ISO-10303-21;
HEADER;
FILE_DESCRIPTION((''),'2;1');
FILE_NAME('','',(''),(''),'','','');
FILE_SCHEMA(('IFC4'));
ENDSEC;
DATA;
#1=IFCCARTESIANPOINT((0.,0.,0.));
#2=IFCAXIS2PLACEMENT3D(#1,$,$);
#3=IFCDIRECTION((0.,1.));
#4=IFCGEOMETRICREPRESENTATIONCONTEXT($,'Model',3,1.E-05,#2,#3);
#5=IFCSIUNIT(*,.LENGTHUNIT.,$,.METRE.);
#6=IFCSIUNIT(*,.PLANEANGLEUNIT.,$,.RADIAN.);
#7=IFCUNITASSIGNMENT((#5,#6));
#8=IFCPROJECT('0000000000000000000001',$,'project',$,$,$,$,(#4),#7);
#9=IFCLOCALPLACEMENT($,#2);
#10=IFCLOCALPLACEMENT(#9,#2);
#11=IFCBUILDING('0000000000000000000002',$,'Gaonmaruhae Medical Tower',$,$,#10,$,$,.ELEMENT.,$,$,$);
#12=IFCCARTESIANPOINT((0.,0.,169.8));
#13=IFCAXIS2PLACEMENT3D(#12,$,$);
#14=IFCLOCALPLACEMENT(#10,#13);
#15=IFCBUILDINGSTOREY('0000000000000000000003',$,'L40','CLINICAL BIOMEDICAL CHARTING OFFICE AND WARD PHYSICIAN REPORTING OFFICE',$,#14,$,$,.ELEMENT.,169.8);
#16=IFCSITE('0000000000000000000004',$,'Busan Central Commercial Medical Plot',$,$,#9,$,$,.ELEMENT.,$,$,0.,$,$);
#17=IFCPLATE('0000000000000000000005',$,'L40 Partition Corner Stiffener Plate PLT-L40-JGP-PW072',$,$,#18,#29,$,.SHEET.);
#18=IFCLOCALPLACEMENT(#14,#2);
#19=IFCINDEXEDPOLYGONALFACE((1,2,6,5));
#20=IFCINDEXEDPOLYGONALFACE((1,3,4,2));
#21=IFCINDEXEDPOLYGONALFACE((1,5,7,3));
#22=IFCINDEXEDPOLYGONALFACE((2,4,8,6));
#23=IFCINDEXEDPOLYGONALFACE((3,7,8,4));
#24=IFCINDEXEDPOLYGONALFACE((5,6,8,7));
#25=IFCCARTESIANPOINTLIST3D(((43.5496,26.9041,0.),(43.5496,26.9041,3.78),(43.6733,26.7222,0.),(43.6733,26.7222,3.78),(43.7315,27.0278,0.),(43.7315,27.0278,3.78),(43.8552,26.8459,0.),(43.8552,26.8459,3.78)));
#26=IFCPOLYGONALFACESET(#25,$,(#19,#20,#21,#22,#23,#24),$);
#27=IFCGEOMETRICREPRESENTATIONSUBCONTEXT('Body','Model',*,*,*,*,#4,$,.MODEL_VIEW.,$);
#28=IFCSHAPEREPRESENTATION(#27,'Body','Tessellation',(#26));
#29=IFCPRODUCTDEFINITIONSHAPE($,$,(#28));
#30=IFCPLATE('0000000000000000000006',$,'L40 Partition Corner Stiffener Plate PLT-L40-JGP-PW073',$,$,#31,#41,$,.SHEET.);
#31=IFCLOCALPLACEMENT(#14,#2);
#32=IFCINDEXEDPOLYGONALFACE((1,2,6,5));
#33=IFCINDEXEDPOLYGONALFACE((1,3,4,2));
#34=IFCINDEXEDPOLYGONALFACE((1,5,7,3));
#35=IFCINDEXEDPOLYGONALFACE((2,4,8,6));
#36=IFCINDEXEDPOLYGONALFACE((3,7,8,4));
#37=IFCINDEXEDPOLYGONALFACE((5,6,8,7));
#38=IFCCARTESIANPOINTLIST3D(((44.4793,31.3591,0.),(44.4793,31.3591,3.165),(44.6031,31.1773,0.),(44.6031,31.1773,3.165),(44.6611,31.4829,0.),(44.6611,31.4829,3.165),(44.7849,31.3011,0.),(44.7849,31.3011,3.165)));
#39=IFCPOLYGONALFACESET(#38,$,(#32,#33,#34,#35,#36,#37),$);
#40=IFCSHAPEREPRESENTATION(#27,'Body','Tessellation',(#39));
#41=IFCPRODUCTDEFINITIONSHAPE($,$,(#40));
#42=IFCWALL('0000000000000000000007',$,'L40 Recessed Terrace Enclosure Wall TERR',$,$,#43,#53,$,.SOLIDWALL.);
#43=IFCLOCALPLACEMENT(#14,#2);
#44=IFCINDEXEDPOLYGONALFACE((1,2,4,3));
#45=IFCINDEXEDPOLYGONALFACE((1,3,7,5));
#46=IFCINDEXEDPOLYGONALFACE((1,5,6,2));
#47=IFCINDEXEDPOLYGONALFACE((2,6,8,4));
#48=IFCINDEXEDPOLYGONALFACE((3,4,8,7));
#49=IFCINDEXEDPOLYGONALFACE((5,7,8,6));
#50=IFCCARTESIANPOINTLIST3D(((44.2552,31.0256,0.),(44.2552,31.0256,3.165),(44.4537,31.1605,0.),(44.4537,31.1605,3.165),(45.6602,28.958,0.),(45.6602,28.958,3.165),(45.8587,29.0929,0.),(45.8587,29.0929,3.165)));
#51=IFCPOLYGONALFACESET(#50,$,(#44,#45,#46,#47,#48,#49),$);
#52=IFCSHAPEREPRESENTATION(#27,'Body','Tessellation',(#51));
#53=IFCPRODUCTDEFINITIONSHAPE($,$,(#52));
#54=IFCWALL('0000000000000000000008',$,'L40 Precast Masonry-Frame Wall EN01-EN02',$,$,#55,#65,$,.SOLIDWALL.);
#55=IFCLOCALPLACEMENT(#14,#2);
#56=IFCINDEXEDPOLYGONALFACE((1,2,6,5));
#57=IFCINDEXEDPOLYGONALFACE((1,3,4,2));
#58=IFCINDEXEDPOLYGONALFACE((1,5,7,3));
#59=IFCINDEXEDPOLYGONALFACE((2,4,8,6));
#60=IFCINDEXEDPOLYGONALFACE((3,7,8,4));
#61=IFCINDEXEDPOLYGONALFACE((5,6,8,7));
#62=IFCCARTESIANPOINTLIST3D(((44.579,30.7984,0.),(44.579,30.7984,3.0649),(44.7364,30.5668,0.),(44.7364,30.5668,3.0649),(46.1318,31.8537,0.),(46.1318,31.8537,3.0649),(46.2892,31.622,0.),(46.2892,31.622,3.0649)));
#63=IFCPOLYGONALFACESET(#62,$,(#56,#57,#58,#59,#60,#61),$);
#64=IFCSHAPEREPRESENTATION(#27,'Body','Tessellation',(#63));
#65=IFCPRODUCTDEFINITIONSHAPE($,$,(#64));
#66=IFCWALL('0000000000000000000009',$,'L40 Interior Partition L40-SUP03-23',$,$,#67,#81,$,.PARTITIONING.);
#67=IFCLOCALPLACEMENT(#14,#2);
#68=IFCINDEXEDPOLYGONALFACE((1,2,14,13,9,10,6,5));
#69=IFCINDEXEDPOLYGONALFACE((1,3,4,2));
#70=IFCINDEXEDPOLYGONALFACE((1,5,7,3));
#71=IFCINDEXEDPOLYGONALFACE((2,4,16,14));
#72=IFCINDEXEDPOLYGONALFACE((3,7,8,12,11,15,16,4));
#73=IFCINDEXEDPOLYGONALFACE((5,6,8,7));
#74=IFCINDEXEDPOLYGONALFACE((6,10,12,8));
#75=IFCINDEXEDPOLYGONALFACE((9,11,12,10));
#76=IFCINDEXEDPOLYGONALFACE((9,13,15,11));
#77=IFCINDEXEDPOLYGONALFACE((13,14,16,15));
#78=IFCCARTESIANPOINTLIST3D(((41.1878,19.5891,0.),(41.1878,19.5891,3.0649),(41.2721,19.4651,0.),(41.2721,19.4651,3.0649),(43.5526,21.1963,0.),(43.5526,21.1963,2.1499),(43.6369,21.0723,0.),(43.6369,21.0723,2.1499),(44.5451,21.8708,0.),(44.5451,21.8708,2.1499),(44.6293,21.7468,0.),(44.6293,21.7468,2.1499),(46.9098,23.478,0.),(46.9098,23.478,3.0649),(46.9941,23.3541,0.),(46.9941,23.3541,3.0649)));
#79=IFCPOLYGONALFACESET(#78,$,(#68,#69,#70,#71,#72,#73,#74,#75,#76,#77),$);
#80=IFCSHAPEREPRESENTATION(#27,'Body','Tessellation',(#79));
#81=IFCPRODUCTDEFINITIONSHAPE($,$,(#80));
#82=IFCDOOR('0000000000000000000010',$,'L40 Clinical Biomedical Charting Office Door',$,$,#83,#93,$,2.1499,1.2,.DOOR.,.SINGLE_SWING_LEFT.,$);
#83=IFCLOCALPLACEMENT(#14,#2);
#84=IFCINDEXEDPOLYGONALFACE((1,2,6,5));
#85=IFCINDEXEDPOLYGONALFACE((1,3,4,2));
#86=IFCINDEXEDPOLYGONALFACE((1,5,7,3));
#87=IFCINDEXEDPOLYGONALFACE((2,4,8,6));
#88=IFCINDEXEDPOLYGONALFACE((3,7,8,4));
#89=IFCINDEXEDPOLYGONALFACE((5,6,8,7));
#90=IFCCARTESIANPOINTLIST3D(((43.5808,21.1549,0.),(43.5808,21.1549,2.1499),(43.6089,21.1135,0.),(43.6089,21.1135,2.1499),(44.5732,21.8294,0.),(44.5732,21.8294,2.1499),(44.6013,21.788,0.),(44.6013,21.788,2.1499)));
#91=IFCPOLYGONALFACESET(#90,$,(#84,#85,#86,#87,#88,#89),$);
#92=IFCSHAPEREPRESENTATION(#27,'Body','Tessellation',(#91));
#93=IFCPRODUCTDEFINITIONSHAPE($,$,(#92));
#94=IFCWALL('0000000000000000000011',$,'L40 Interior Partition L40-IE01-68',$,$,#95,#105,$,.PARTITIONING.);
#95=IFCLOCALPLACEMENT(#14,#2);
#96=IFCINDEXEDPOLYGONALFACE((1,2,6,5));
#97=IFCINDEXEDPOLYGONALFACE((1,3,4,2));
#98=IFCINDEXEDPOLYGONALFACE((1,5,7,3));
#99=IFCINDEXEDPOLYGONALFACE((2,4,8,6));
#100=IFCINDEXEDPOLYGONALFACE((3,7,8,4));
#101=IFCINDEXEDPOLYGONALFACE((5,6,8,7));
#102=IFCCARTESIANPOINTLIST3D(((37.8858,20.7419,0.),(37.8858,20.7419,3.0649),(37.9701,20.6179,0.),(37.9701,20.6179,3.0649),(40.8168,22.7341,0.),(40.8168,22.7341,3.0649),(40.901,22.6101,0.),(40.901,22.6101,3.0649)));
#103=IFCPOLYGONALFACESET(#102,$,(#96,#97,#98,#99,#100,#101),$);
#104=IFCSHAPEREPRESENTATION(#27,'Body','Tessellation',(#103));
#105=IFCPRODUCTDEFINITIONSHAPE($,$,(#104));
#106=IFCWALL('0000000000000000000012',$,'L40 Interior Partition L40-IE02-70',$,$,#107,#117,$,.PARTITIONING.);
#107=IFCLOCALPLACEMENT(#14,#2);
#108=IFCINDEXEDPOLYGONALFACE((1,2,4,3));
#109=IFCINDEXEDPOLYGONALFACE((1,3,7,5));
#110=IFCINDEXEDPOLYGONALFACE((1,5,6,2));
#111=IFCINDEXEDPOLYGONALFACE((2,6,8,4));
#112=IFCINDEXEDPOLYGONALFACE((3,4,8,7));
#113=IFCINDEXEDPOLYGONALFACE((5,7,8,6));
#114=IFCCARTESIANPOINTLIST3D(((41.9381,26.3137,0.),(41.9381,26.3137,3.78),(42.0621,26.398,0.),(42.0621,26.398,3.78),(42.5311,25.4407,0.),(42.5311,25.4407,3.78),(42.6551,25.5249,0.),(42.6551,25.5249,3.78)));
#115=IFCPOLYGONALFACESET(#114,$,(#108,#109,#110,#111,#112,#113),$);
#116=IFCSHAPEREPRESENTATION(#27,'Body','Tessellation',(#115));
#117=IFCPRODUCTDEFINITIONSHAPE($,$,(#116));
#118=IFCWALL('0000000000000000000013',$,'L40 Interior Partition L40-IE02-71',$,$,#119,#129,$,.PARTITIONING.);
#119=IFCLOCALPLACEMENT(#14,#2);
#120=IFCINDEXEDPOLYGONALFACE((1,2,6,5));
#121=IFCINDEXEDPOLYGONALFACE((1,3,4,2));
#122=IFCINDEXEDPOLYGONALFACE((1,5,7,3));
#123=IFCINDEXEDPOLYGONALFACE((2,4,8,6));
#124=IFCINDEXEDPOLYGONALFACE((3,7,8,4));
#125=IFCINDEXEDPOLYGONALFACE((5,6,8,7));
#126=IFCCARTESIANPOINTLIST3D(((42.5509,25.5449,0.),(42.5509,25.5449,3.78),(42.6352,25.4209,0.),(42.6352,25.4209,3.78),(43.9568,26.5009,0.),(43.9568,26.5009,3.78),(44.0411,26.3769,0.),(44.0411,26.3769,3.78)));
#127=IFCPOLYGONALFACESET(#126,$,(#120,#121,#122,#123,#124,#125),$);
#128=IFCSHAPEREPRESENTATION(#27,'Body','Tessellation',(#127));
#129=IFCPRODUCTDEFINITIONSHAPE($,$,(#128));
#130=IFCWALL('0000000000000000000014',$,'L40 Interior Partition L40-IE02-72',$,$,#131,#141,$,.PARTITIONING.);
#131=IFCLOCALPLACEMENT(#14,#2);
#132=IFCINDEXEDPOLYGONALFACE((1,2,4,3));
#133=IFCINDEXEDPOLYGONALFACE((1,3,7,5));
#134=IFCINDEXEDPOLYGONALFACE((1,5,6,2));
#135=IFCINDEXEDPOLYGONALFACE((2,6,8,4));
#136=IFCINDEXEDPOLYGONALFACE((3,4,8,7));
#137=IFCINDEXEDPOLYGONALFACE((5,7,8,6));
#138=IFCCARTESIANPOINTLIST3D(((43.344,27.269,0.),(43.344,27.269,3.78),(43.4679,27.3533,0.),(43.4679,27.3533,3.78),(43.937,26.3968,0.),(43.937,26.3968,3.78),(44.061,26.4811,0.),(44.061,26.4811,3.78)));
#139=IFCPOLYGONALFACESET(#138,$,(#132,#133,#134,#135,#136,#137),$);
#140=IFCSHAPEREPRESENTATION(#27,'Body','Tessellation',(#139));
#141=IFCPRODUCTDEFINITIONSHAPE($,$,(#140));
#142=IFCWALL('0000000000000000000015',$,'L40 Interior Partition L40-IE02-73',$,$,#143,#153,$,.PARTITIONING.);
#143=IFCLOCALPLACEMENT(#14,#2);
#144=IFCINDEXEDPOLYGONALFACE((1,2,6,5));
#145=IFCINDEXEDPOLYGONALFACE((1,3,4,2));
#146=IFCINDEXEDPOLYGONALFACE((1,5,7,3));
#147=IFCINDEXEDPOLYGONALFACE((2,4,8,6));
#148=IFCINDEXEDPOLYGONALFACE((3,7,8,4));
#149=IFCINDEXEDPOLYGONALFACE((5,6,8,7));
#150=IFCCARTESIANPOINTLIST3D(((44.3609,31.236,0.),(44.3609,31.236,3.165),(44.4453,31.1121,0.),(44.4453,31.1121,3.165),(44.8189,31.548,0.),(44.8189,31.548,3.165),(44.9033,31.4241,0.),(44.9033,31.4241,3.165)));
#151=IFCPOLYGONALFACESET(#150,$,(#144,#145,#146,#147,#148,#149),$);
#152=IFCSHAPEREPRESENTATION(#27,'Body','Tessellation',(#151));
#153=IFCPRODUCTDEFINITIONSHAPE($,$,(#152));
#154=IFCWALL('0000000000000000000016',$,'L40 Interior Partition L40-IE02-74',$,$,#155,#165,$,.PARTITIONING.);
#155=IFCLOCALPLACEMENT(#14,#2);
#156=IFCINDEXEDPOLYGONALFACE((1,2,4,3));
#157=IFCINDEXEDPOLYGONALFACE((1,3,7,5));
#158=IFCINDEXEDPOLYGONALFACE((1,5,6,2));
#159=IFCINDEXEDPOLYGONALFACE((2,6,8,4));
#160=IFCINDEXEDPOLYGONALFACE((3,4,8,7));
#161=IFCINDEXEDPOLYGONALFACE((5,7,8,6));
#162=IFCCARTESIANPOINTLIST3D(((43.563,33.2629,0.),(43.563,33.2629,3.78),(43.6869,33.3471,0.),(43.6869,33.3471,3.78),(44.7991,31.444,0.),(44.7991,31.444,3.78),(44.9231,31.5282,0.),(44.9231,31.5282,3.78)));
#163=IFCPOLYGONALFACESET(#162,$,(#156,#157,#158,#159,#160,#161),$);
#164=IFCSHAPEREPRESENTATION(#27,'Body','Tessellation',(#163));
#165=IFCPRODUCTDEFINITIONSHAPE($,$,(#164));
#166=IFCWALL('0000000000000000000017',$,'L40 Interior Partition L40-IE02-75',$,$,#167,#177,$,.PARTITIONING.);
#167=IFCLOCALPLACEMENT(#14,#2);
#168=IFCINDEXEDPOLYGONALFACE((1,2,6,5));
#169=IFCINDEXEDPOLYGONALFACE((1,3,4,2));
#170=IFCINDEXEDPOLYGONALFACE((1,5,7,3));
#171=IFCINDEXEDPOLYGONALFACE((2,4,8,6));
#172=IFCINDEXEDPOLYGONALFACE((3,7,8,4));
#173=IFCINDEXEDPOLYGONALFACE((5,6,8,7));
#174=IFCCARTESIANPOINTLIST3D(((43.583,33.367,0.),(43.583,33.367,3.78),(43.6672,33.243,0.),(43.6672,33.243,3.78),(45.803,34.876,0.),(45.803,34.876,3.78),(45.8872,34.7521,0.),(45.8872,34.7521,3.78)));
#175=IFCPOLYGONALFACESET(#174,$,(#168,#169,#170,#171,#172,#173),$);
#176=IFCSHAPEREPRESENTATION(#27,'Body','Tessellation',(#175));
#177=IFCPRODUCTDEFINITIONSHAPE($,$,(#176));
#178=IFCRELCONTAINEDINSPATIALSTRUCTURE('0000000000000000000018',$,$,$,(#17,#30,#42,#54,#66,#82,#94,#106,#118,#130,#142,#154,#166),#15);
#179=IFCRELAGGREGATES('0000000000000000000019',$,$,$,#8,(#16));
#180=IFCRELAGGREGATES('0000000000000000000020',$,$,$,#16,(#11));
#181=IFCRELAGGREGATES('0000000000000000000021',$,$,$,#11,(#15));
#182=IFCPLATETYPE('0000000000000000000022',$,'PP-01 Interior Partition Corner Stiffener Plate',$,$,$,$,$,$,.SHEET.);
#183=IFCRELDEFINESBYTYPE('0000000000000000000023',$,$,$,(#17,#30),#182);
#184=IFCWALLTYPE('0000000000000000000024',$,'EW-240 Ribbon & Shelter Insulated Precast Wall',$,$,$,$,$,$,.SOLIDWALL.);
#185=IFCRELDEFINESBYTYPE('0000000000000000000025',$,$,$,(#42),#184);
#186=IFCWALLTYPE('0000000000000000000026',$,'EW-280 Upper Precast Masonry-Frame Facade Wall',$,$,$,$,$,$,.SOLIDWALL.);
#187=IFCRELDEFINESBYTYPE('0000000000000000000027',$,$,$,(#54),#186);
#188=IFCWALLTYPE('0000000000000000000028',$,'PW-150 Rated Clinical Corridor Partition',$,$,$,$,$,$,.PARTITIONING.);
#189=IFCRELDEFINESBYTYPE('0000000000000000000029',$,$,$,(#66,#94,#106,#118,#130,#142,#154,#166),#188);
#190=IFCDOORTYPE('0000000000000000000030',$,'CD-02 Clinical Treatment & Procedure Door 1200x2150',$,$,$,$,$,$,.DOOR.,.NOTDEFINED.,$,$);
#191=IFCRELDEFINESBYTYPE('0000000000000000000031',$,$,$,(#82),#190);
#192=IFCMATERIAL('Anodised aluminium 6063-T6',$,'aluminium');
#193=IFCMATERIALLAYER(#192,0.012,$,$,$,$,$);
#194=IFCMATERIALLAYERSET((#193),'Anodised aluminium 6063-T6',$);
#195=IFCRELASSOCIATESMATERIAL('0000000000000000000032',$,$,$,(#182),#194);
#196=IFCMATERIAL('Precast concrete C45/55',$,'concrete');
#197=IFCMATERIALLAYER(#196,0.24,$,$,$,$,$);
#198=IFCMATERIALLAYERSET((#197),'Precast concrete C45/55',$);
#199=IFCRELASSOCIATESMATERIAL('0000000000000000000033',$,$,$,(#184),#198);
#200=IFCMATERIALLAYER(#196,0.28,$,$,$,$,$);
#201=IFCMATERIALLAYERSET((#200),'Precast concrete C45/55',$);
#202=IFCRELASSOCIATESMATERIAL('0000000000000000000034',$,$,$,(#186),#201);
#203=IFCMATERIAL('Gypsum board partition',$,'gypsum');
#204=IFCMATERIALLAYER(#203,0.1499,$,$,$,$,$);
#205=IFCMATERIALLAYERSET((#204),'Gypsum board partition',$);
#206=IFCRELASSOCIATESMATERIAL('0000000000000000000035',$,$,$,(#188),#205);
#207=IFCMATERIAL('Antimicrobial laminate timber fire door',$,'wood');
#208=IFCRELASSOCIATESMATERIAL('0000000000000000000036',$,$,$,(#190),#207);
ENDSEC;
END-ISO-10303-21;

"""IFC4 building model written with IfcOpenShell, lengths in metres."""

from ifc_helpers import new_model, si_unit, direction, frame, frame_2d, origin, origin_2d, place, context, subcontext, project, spatial, rectangle, extrude, material, layer, layer_set, type_object, element, fill, save


model = new_model("IFC4")

# Units and contexts
model_context = context("Model", 3, precision=1e-05, world=origin(), true_north=direction((0.0, 1.0)))
body_context = subcontext(model_context, "Body", "Model", "MODEL_VIEW")
ifc_project = project(units=[si_unit("LENGTHUNIT", "METRE"), si_unit("PLANEANGLEUNIT", "RADIAN")], contexts=[model_context])

# Site, building, storey
site_placement = place(None, origin())
site = spatial("IfcSite", under=ifc_project, at=site_placement, Name="Busan Central Commercial Medical Plot", CompositionType="ELEMENT", RefElevation=0.0)
building_placement = place(site_placement, origin())
building = spatial("IfcBuilding", under=site, at=building_placement, Name="Gaonmaruhae Medical Tower", CompositionType="ELEMENT")
storey_placement = place(building_placement, frame((0.0, 0.0, 169.8)))
storey = spatial("IfcBuildingStorey", under=building, at=storey_placement, Name="L40", Description="CLINICAL BIOMEDICAL CHARTING OFFICE AND WARD PHYSICIAN REPORTING OFFICE", CompositionType="ELEMENT", Elevation=169.8)

# Plates
ifc_material_1 = material(Name="Anodised aluminium 6063-T6", Category="aluminium")
ifc_layer_1 = layer(ifc_material_1, 0.012)
ifc_layer_set_1 = layer_set([ifc_layer_1], Name="Anodised aluminium 6063-T6")
plate_type = type_object("IfcPlateType", Name="PP-01 Interior Partition Corner Stiffener Plate", PredefinedType="SHEET", material=ifc_layer_set_1)
for number, where, z_axis, x_axis, name in (
    (1, (43.7024, 26.875, 0.0), (0.0, 0.0, 1.0), (-0.562329, 0.826914, 0.0), "L40 Partition Corner Stiffener Plate PLT-L40-JGP-PW072"),
):
    element("IfcPlate", number, at=place(storey_placement, frame(where, z_axis=z_axis, x_axis=x_axis)), inside=storey, type_object=plate_type, Name=name, PredefinedType="SHEET", context=body_context, shape_type="SweptSolid", body=[
        extrude(rectangle(XDim=0.22, YDim=0.22, at=origin_2d()), origin(), (0.0, 0.0, 1.0), 3.78),
    ])
plate_1_placement = place(storey_placement, frame((44.6321, 31.3301, 0.0), z_axis=(0.0, 0.0, 1.0), x_axis=(0.826452, 0.563007, 0.0)))
element("IfcPlate", 2, at=plate_1_placement, inside=storey, type_object=plate_type, Name="L40 Partition Corner Stiffener Plate PLT-L40-JGP-PW073", PredefinedType="SHEET", context=body_context, shape_type="SweptSolid", body=[
    extrude(rectangle(XDim=0.22, YDim=0.22, at=origin_2d()), origin(), (0.0, 0.0, 1.0), 3.165),
])

# Shared definitions
ifc_material_2 = material(Name="Precast concrete C45/55", Category="concrete")
ifc_layer_2 = layer(ifc_material_2, 0.24)
ifc_layer_set_2 = layer_set([ifc_layer_2], Name="Precast concrete C45/55")
wall_type_1 = type_object("IfcWallType", Name="EW-240 Ribbon & Shelter Insulated Precast Wall", PredefinedType="SOLIDWALL", material=ifc_layer_set_2)

# Walls
wall_1_placement = place(storey_placement, frame((45.7595, 29.0254, 0.0), z_axis=(0.0, 0.0, 1.0), x_axis=(-0.562048, 0.827104, 0.0)))
element("IfcWall", 3, at=wall_1_placement, inside=storey, type_object=wall_type_1, Name="L40 Recessed Terrace Enclosure Wall TERR", PredefinedType="SOLIDWALL", context=body_context, shape_type="SweptSolid", body=[
    extrude(rectangle(XDim=2.4998, YDim=0.24, at=frame_2d((1.25, 0.0))), origin(), (0.0, 0.0, 1.0), 3.165),
])
ifc_layer_3 = layer(ifc_material_2, 0.28)
ifc_layer_set_3 = layer_set([ifc_layer_3], Name="Precast concrete C45/55")
wall_type_2 = type_object("IfcWallType", Name="EW-280 Upper Precast Masonry-Frame Facade Wall", PredefinedType="SOLIDWALL", material=ifc_layer_set_3)
wall_2_placement = place(storey_placement, frame((44.6577, 30.6826, 0.0), z_axis=(0.0, 0.0, 1.0), x_axis=(0.827096, 0.562061, 0.0)))
element("IfcWall", 4, at=wall_2_placement, inside=storey, type_object=wall_type_2, Name="L40 Precast Masonry-Frame Wall EN01-EN02", PredefinedType="SOLIDWALL", context=body_context, shape_type="SweptSolid", body=[
    extrude(rectangle(XDim=1.8774, YDim=0.28, at=frame_2d((0.9387, 0.0))), origin(), (0.0, 0.0, 1.0), 3.0649),
])

# Wall, opening, door
ifc_material_3 = material(Name="Gypsum board partition", Category="gypsum")
ifc_layer_4 = layer(ifc_material_3, 0.1499)
ifc_layer_set_4 = layer_set([ifc_layer_4], Name="Gypsum board partition")
wall_type_3 = type_object("IfcWallType", Name="PW-150 Rated Clinical Corridor Partition", PredefinedType="PARTITIONING", material=ifc_layer_set_4)
wall_3_placement = place(storey_placement, frame((41.23, 19.5271, 0.0), z_axis=(0.0, 0.0, 1.0), x_axis=(0.82706, 0.562113, 0.0)))
wall_3 = element("IfcWall", 5, at=wall_3_placement, inside=storey, type_object=wall_type_3, Name="L40 Interior Partition L40-SUP03-23", PredefinedType="PARTITIONING", context=body_context, shape_type="SweptSolid", body=[
    extrude(rectangle(XDim=6.9185, YDim=0.1499, at=frame_2d((3.4592, 0.0))), origin(), (0.0, 0.0, 1.0), 3.0649),
])
opening_1_placement = place(wall_3_placement, frame((2.8591, 0.0, 0.0)))
opening_1 = element("IfcOpeningElement", 6, at=opening_1_placement, cuts=wall_3, PredefinedType="OPENING", context=body_context, shape_type="SweptSolid", body=[
    extrude(rectangle(XDim=1.2, YDim=2.1499, at=frame_2d((0.6001, 1.075))), frame((0.0, 0.085, 0.0), z_axis=(0.0, -1.0, 0.0), x_axis=(1.0, 0.0, 0.0)), (0.0, 0.0, 1.0), 0.1699),
])
ifc_material_4 = material(Name="Antimicrobial laminate timber fire door", Category="wood")
door_type_1 = type_object("IfcDoorType", Name="CD-02 Clinical Treatment & Procedure Door 1200x2150", OperationType="NOTDEFINED", PredefinedType="DOOR", material=ifc_material_4)
door_1_placement = place(opening_1_placement, origin())
door_1 = element("IfcDoor", 7, at=door_1_placement, inside=storey, type_object=door_type_1, Name="L40 Clinical Biomedical Charting Office Door", OperationType="SINGLE_SWING_LEFT", OverallHeight=2.1499, OverallWidth=1.2, PredefinedType="DOOR", context=body_context, shape_type="SweptSolid", body=[
    extrude(rectangle(XDim=1.2, YDim=2.1499, at=frame_2d((0.6001, 1.075))), frame((0.0, 0.0249, 0.0), z_axis=(0.0, -1.0, 0.0), x_axis=(1.0, 0.0, 0.0)), (0.0, 0.0, 1.0), 0.05),
])
fill(opening_1, door_1)

# Walls
wall_4_placement = place(storey_placement, frame((40.8589, 22.6721, 0.0), z_axis=(0.0, 0.0, 1.0), x_axis=(-0.827035, -0.56215, 0.0)))
element("IfcWall", 8, at=wall_4_placement, inside=storey, type_object=wall_type_3, Name="L40 Interior Partition L40-IE01-68", PredefinedType="PARTITIONING", context=body_context, shape_type="SweptSolid", body=[
    extrude(rectangle(XDim=3.5439, YDim=0.1499, at=frame_2d((1.772, 0.0))), origin(), (0.0, 0.0, 1.0), 3.0649),
])
wall_5_placement = place(storey_placement, frame((42.0, 26.356, 0.0), z_axis=(0.0, 0.0, 1.0), x_axis=(0.561886, -0.827215, 0.0)))
element("IfcWall", 9, at=wall_5_placement, inside=storey, type_object=wall_type_3, Name="L40 Interior Partition L40-IE02-70", PredefinedType="PARTITIONING", context=body_context, shape_type="SweptSolid", body=[
    extrude(rectangle(XDim=1.0554, YDim=0.1499, at=frame_2d((0.5278, 0.0))), origin(), (0.0, 0.0, 1.0), 3.78),
])
wall_6_placement = place(storey_placement, frame((42.593, 25.4829, 0.0), z_axis=(0.0, 0.0, 1.0), x_axis=(0.826935, 0.562298, 0.0)))
element("IfcWall", 10, at=wall_6_placement, inside=storey, type_object=wall_type_3, Name="L40 Interior Partition L40-IE02-71", PredefinedType="PARTITIONING", context=body_context, shape_type="SweptSolid", body=[
    extrude(rectangle(XDim=1.7002, YDim=0.1499, at=frame_2d((0.8501, 0.0))), origin(), (0.0, 0.0, 1.0), 3.78),
])
wall_7_placement = place(storey_placement, frame((43.999, 26.439, 0.0), z_axis=(0.0, 0.0, 1.0), x_axis=(-0.562316, 0.826922, 0.0)))
element("IfcWall", 11, at=wall_7_placement, inside=storey, type_object=wall_type_3, Name="L40 Interior Partition L40-IE02-72", PredefinedType="PARTITIONING", context=body_context, shape_type="SweptSolid", body=[
    extrude(rectangle(XDim=1.0547, YDim=0.1499, at=frame_2d((0.5273, 0.0))), origin(), (0.0, 0.0, 1.0), 3.78),
])
wall_8_placement = place(storey_placement, frame((44.4031, 31.1741, 0.0), z_axis=(0.0, 0.0, 1.0), x_axis=(0.826451, 0.563009, 0.0)))
element("IfcWall", 12, at=wall_8_placement, inside=storey, type_object=wall_type_3, Name="L40 Interior Partition L40-IE02-73", PredefinedType="PARTITIONING", context=body_context, shape_type="SweptSolid", body=[
    extrude(rectangle(XDim=0.5542, YDim=0.1499, at=frame_2d((0.2771, 0.0))), origin(), (0.0, 0.0, 1.0), 3.165),
])
wall_9_placement = place(storey_placement, frame((44.8611, 31.4861, 0.0), z_axis=(0.0, 0.0, 1.0), x_axis=(-0.562082, 0.827081, 0.0)))
element("IfcWall", 13, at=wall_9_placement, inside=storey, type_object=wall_type_3, Name="L40 Interior Partition L40-IE02-74", PredefinedType="PARTITIONING", context=body_context, shape_type="SweptSolid", body=[
    extrude(rectangle(XDim=2.1992, YDim=0.1499, at=frame_2d((1.0996, 0.0))), origin(), (0.0, 0.0, 1.0), 3.78),
])
wall_10_placement = place(storey_placement, frame((43.625, 33.3049, 0.0), z_axis=(0.0, 0.0, 1.0), x_axis=(0.827021, 0.562171, 0.0)))
element("IfcWall", 14, at=wall_10_placement, inside=storey, type_object=wall_type_3, Name="L40 Interior Partition L40-IE02-75", PredefinedType="PARTITIONING", context=body_context, shape_type="SweptSolid", body=[
    extrude(rectangle(XDim=2.6843, YDim=0.1499, at=frame_2d((1.3423, 0.0))), origin(), (0.0, 0.0, 1.0), 3.78),
])

save(model, "model.ifc")
